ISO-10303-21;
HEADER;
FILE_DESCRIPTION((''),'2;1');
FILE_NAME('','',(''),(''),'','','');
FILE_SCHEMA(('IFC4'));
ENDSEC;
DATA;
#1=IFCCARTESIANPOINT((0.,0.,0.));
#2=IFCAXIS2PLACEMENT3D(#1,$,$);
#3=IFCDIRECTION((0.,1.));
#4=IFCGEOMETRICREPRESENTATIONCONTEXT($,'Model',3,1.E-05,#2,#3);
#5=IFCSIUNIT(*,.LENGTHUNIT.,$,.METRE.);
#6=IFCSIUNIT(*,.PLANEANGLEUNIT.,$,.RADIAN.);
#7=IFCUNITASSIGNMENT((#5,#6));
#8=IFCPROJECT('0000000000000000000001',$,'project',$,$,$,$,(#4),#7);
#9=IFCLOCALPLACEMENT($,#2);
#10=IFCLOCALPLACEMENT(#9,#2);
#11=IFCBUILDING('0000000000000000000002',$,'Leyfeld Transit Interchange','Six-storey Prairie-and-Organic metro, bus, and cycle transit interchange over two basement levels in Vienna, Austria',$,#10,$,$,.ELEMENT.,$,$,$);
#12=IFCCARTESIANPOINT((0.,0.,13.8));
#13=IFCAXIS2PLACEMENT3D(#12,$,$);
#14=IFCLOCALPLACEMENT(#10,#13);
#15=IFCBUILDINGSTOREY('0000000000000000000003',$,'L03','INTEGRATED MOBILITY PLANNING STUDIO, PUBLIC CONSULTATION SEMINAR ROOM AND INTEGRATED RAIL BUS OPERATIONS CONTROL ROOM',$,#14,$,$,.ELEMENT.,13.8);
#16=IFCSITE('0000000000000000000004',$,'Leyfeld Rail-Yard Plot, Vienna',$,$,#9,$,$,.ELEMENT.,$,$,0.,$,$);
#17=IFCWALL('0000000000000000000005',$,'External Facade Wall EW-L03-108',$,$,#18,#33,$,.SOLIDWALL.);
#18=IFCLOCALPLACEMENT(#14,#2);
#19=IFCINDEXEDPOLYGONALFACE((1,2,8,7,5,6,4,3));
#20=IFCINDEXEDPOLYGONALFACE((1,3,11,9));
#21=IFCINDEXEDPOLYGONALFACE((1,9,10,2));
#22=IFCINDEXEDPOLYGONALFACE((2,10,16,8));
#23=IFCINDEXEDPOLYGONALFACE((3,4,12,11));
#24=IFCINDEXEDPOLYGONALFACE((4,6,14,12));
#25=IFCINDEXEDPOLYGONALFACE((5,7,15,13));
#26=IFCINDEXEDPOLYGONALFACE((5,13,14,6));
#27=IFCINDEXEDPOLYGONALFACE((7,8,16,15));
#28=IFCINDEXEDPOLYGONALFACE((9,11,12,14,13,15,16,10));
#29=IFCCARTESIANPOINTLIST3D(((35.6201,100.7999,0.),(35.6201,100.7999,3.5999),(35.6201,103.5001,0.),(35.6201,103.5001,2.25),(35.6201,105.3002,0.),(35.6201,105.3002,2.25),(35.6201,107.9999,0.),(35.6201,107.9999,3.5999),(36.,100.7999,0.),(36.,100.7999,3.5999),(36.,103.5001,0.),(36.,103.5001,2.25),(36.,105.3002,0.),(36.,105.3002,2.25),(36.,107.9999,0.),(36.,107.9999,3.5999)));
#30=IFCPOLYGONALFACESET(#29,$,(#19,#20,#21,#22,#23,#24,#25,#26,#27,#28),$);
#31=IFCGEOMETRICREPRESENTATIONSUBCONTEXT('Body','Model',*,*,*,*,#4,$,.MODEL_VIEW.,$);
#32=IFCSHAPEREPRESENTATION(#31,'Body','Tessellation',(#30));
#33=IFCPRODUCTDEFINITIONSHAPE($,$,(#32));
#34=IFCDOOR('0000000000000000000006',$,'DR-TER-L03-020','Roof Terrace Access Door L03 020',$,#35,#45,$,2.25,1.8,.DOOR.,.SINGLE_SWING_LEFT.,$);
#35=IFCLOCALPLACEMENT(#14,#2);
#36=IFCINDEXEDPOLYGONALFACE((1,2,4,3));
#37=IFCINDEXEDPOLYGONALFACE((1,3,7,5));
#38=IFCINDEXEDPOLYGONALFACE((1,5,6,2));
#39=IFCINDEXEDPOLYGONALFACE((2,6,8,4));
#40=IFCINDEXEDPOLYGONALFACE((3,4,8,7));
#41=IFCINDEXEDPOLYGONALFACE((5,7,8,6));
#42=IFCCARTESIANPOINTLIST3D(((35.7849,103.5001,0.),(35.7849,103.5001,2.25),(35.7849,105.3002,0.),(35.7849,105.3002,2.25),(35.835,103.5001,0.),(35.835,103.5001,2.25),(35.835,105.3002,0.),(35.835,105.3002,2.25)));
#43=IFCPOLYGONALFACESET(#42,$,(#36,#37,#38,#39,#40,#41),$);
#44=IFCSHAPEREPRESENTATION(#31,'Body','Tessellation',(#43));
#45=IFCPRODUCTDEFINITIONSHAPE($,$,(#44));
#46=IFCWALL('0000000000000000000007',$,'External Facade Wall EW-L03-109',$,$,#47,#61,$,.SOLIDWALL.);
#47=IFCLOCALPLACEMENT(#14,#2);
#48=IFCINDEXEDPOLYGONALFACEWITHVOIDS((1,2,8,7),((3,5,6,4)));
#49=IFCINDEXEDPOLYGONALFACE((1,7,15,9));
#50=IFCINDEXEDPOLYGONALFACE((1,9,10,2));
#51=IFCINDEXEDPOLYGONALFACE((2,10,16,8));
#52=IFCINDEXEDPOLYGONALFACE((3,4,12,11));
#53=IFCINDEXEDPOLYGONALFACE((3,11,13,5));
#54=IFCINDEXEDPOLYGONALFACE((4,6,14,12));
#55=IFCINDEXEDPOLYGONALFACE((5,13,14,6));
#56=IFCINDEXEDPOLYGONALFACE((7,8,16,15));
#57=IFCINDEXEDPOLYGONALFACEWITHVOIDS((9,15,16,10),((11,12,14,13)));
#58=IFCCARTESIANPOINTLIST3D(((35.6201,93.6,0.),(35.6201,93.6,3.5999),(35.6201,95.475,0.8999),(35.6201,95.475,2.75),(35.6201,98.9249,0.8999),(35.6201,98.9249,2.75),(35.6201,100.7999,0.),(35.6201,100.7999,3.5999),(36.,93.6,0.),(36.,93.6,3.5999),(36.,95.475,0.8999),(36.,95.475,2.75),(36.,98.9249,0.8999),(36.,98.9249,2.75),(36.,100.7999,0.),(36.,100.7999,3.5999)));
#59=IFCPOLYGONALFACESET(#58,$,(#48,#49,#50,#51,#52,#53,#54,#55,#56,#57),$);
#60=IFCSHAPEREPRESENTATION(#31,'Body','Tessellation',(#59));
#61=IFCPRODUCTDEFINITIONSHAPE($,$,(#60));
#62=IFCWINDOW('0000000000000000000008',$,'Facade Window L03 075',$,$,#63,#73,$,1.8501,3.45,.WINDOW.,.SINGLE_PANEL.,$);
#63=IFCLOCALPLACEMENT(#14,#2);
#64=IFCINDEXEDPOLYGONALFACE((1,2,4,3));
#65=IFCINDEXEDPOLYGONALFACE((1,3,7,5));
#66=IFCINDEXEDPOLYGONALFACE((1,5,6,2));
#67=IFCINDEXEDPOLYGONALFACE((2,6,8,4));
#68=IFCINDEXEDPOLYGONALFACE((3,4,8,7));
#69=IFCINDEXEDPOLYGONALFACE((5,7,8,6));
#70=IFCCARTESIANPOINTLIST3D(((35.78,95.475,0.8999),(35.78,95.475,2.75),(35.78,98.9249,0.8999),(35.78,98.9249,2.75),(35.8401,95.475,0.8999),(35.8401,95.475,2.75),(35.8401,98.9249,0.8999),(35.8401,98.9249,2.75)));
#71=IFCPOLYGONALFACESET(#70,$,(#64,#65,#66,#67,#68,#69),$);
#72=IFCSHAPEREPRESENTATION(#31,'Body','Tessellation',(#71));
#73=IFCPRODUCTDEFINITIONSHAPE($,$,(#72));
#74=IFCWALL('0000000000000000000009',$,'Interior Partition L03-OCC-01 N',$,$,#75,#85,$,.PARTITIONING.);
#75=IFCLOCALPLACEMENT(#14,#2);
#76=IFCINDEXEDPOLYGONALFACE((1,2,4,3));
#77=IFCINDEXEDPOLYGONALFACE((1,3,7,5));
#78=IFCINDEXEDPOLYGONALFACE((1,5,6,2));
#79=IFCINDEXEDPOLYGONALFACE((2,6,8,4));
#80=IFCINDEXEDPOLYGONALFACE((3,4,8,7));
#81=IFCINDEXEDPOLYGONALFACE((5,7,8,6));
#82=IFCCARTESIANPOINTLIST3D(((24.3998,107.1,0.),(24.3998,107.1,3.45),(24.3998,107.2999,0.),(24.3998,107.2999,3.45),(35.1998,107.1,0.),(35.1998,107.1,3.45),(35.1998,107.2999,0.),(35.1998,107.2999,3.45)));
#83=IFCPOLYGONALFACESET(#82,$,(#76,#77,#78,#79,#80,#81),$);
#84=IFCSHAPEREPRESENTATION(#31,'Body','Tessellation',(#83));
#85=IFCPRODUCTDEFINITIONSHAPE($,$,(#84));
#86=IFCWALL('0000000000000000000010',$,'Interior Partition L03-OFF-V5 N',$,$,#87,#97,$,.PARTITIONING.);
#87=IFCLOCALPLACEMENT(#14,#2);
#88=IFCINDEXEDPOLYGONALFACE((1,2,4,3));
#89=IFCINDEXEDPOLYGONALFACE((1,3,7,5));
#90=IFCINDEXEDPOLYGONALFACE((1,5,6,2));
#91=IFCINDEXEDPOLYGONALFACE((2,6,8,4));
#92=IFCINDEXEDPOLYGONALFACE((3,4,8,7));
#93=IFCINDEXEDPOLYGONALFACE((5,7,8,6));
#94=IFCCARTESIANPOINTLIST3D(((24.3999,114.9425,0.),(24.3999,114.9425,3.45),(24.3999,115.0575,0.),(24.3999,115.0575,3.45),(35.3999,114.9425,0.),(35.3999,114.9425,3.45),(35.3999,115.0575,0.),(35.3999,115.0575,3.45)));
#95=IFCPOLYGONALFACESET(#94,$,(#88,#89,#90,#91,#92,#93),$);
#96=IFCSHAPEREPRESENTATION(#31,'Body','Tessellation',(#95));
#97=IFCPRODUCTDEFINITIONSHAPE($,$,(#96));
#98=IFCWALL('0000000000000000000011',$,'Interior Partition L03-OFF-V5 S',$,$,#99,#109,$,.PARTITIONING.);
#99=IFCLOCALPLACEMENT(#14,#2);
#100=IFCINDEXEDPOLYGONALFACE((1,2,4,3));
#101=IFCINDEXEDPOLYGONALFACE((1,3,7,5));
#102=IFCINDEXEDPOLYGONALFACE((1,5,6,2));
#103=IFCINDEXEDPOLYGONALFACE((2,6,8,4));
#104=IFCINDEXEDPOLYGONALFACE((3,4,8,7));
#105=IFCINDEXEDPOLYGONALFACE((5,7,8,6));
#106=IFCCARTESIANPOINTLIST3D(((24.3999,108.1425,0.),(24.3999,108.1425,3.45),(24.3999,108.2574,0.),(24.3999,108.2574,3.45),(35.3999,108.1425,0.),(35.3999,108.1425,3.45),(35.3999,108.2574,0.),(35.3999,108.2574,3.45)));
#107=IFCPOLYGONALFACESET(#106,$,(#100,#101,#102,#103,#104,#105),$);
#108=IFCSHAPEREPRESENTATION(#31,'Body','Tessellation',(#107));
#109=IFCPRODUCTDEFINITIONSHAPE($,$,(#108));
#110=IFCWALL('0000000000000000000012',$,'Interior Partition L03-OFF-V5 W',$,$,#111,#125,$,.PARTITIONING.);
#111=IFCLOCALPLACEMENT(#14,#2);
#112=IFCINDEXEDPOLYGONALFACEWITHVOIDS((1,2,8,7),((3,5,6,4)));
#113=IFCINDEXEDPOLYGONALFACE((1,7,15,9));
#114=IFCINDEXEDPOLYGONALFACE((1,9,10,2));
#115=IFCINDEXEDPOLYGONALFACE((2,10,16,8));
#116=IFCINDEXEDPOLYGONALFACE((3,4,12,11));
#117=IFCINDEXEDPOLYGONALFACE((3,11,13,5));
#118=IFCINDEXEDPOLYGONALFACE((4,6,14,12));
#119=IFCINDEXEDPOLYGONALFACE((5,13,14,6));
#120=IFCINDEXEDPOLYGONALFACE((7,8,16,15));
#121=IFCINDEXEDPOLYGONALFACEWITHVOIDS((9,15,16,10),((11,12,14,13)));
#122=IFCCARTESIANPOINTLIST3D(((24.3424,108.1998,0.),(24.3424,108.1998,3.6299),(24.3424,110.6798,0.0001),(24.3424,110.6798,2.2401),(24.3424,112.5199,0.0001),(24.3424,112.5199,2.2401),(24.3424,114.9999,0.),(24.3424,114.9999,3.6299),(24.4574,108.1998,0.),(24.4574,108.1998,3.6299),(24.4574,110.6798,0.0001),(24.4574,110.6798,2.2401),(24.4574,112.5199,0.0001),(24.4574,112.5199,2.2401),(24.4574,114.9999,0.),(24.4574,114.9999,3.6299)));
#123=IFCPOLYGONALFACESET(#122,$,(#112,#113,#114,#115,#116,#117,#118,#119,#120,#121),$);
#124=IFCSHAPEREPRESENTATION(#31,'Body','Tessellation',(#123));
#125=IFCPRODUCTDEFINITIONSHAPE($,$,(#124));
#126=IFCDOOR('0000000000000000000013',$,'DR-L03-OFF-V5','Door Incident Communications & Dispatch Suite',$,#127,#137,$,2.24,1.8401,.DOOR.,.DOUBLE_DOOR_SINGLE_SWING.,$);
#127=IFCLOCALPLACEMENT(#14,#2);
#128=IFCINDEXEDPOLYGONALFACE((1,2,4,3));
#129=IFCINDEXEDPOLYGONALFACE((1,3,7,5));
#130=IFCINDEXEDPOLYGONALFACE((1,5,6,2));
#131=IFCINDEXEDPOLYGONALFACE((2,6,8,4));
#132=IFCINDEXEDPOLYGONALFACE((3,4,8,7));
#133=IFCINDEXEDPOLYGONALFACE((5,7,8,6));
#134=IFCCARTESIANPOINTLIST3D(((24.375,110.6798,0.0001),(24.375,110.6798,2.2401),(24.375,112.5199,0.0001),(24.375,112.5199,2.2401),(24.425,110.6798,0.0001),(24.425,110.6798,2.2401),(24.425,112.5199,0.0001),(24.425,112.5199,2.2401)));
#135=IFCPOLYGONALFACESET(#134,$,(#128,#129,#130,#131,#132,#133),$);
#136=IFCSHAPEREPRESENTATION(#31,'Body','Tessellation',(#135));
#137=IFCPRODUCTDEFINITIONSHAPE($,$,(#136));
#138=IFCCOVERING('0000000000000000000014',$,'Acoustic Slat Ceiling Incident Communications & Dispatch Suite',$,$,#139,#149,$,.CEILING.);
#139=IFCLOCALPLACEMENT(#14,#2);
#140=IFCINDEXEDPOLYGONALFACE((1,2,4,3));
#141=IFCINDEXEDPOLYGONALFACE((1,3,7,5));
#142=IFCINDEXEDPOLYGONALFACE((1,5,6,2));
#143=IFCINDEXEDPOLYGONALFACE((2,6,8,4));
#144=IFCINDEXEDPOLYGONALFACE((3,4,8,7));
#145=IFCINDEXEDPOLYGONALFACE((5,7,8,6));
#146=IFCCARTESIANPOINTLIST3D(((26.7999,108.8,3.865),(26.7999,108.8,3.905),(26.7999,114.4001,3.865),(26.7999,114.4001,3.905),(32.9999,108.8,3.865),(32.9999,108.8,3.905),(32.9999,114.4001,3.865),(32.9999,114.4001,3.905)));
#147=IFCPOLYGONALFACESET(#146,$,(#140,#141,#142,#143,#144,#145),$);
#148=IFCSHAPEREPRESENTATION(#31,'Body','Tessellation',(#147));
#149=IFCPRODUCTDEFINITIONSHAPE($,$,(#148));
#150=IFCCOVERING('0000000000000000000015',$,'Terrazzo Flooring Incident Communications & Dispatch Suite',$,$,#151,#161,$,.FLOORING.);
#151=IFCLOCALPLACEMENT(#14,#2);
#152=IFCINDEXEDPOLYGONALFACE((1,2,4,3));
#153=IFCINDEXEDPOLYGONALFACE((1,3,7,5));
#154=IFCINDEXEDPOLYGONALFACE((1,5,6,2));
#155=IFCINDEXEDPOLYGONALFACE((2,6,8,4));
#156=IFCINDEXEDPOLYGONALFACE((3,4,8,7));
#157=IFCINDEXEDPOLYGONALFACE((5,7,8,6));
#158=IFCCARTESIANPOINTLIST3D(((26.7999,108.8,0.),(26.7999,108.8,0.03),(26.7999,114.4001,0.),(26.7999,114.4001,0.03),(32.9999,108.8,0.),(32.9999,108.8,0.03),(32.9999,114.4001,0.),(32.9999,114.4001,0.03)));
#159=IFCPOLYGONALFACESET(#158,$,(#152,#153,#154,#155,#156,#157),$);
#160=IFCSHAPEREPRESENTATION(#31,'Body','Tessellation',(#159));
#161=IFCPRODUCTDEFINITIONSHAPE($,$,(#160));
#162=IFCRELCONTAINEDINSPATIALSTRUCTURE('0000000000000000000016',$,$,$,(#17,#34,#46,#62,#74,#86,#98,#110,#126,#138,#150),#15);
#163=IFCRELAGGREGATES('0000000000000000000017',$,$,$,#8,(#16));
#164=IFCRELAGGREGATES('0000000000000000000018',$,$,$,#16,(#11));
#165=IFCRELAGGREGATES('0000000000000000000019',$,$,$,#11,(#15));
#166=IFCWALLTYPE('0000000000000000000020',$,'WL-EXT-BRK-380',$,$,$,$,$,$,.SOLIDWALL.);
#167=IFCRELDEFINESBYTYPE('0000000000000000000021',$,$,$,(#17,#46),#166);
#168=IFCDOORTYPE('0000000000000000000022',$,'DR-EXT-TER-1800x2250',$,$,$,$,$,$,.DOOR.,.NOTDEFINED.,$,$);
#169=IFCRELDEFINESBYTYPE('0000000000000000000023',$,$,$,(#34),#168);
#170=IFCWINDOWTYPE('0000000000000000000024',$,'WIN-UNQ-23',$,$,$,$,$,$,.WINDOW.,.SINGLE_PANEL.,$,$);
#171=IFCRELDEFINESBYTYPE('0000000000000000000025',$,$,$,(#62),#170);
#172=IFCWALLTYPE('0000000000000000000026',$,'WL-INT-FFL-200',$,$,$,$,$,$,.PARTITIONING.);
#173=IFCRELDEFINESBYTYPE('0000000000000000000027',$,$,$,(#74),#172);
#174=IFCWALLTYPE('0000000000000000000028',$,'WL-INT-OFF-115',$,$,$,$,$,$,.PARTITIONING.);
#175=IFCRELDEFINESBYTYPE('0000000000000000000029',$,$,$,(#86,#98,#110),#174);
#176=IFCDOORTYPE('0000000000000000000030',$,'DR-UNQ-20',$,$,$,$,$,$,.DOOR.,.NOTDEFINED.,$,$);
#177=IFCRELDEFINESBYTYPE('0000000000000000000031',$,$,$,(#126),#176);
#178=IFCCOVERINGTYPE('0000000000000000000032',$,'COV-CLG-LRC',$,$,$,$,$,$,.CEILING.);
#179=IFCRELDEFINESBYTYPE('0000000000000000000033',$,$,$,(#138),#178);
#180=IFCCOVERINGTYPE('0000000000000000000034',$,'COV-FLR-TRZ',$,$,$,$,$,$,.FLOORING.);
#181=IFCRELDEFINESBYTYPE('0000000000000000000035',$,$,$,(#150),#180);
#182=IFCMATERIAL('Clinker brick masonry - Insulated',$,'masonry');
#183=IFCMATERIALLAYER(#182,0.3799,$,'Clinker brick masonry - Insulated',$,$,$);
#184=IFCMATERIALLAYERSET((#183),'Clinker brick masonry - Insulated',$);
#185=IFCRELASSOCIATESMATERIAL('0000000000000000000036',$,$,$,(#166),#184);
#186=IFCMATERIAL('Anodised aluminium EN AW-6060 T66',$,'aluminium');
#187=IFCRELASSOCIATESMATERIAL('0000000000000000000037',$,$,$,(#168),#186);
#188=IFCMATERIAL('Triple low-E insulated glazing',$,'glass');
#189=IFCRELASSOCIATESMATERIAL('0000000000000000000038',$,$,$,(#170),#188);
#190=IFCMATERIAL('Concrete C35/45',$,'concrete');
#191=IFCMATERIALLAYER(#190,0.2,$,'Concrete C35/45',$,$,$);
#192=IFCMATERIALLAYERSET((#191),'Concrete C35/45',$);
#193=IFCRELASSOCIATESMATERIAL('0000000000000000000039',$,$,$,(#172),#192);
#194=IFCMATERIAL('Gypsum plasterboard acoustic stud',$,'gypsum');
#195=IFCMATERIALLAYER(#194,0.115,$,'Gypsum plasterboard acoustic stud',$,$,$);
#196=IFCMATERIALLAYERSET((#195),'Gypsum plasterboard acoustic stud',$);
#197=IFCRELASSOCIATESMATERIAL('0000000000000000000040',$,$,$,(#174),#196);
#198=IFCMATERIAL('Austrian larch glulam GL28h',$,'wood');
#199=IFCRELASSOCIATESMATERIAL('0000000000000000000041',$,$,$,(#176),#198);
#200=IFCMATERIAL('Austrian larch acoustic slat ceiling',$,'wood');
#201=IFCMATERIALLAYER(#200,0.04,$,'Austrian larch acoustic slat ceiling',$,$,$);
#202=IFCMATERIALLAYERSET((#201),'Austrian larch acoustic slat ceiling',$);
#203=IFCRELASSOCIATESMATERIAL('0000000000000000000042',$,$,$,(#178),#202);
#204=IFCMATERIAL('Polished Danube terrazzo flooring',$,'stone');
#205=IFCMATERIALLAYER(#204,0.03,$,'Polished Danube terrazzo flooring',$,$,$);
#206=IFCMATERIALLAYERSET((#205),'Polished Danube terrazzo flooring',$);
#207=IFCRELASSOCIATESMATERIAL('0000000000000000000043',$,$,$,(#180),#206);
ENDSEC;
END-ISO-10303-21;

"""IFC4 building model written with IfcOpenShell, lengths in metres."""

from ifc_helpers import new_model, si_unit, direction, frame, frame_2d, origin, origin_2d, place, context, subcontext, project, spatial, rectangle, extrude, material, layer, layer_set, type_object, element, fill, save


model = new_model("IFC4")

# Units and contexts
model_context = context("Model", 3, precision=1e-05, world=origin(), true_north=direction((0.0, 1.0)))
body_context = subcontext(model_context, "Body", "Model", "MODEL_VIEW")
ifc_project = project(units=[si_unit("LENGTHUNIT", "METRE"), si_unit("PLANEANGLEUNIT", "RADIAN")], contexts=[model_context])

# Site, building, storey
site_placement = place(None, origin())
site = spatial("IfcSite", under=ifc_project, at=site_placement, Name="Leyfeld Rail-Yard Plot, Vienna", CompositionType="ELEMENT", RefElevation=0.0)
building_placement = place(site_placement, origin())
building = spatial("IfcBuilding", under=site, at=building_placement, Name="Leyfeld Transit Interchange", Description="Six-storey Prairie-and-Organic metro, bus, and cycle transit interchange over two basement levels in Vienna, Austria", CompositionType="ELEMENT")
storey_placement = place(building_placement, frame((0.0, 0.0, 13.8)))
storey = spatial("IfcBuildingStorey", under=building, at=storey_placement, Name="L03", Description="INTEGRATED MOBILITY PLANNING STUDIO, PUBLIC CONSULTATION SEMINAR ROOM AND INTEGRATED RAIL BUS OPERATIONS CONTROL ROOM", CompositionType="ELEMENT", Elevation=13.8)

# Shared definitions
ifc_material_1 = material(Name="Concrete C35/45", Category="concrete")

# Wall, opening, door
ifc_material_2 = material(Name="Clinker brick masonry - Insulated", Category="masonry")
ifc_layer_1 = layer(ifc_material_2, 0.3799, Name="Clinker brick masonry - Insulated")
ifc_layer_set_1 = layer_set([ifc_layer_1], Name="Clinker brick masonry - Insulated")
wall_type_1 = type_object("IfcWallType", Name="WL-EXT-BRK-380", PredefinedType="SOLIDWALL", material=ifc_layer_set_1)
wall_1_placement = place(storey_placement, frame((35.8101, 108.0, 0.0), z_axis=(0.0, 0.0, 1.0), x_axis=(0.0, -1.0, 0.0)))
wall_1 = element("IfcWall", 1, at=wall_1_placement, inside=storey, type_object=wall_type_1, Name="External Facade Wall EW-L03-108", PredefinedType="SOLIDWALL", context=body_context, shape_type="SweptSolid", body=[
    extrude(rectangle(XDim=7.2, YDim=0.3799, at=frame_2d((3.6001, 0.0))), origin(), (0.0, 0.0, 1.0), 3.5999),
])
opening_1_placement = place(wall_1_placement, frame((2.7, 0.0, 0.0)))
opening_1 = element("IfcOpeningElement", 2, at=opening_1_placement, cuts=wall_1, PredefinedType="OPENING", context=body_context, shape_type="SweptSolid", body=[
    extrude(rectangle(XDim=1.8, YDim=2.25, at=frame_2d((0.8999, 1.125))), frame((0.0, 0.2, 0.0), z_axis=(0.0, -1.0, 0.0), x_axis=(1.0, 0.0, 0.0)), (0.0, 0.0, 1.0), 0.3999),
])
ifc_material_3 = material(Name="Anodised aluminium EN AW-6060 T66", Category="aluminium")
door_type_1 = type_object("IfcDoorType", Name="DR-EXT-TER-1800x2250", OperationType="NOTDEFINED", PredefinedType="DOOR", material=ifc_material_3)
door_1_placement = place(opening_1_placement, origin())
door_1 = element("IfcDoor", 3, at=door_1_placement, inside=storey, type_object=door_type_1, Name="DR-TER-L03-020", Description="Roof Terrace Access Door L03 020", OperationType="SINGLE_SWING_LEFT", OverallHeight=2.25, OverallWidth=1.8, PredefinedType="DOOR", context=body_context, shape_type="SweptSolid", body=[
    extrude(rectangle(XDim=1.8, YDim=2.25, at=frame_2d((0.8999, 1.125))), frame((0.0, 0.0249, 0.0), z_axis=(0.0, -1.0, 0.0), x_axis=(1.0, 0.0, 0.0)), (0.0, 0.0, 1.0), 0.05),
])
fill(opening_1, door_1)

# Wall, opening, window
wall_2_placement = place(storey_placement, frame((35.8101, 100.8, 0.0), z_axis=(0.0, 0.0, 1.0), x_axis=(0.0, -1.0, 0.0)))
wall_2 = element("IfcWall", 4, at=wall_2_placement, inside=storey, type_object=wall_type_1, Name="External Facade Wall EW-L03-109", PredefinedType="SOLIDWALL", context=body_context, shape_type="SweptSolid", body=[
    extrude(rectangle(XDim=7.2, YDim=0.3799, at=frame_2d((3.6001, 0.0))), origin(), (0.0, 0.0, 1.0), 3.5999),
])
opening_2_placement = place(wall_2_placement, frame((1.875, 0.0, 0.8999)))
opening_2 = element("IfcOpeningElement", 5, at=opening_2_placement, cuts=wall_2, PredefinedType="OPENING", context=body_context, shape_type="SweptSolid", body=[
    extrude(rectangle(XDim=3.45, YDim=1.8501, at=frame_2d((1.7251, 0.925))), frame((0.0, 0.2, 0.0), z_axis=(0.0, -1.0, 0.0), x_axis=(1.0, 0.0, 0.0)), (0.0, 0.0, 1.0), 0.3999),
])
ifc_material_4 = material(Name="Triple low-E insulated glazing", Category="glass")
window_type = type_object("IfcWindowType", Name="WIN-UNQ-23", PartitioningType="SINGLE_PANEL", PredefinedType="WINDOW", material=ifc_material_4)
window_placement = place(opening_2_placement, origin())
window = element("IfcWindow", 6, at=window_placement, inside=storey, type_object=window_type, Name="Facade Window L03 075", OverallHeight=1.8501, OverallWidth=3.45, PartitioningType="SINGLE_PANEL", PredefinedType="WINDOW", context=body_context, shape_type="SweptSolid", body=[
    extrude(rectangle(XDim=3.45, YDim=1.8501, at=frame_2d((1.7251, 0.925))), frame((0.0, 0.03, 0.0), z_axis=(0.0, -1.0, 0.0), x_axis=(1.0, 0.0, 0.0)), (0.0, 0.0, 1.0), 0.0601),
])
fill(opening_2, window)

# Walls
ifc_layer_2 = layer(ifc_material_1, 0.2, Name="Concrete C35/45")
ifc_layer_set_2 = layer_set([ifc_layer_2], Name="Concrete C35/45")
wall_type_2 = type_object("IfcWallType", Name="WL-INT-FFL-200", PredefinedType="PARTITIONING", material=ifc_layer_set_2)
wall_3_placement = place(storey_placement, frame((24.3999, 107.2, 0.0), z_axis=(0.0, 0.0, 1.0), x_axis=(1.0, 0.0, 0.0)))
element("IfcWall", 7, at=wall_3_placement, inside=storey, type_object=wall_type_2, Name="Interior Partition L03-OCC-01 N", PredefinedType="PARTITIONING", context=body_context, shape_type="SweptSolid", body=[
    extrude(rectangle(XDim=10.8, YDim=0.2, at=frame_2d((5.3999, 0.0))), origin(), (0.0, 0.0, 1.0), 3.45),
])
ifc_material_5 = material(Name="Gypsum plasterboard acoustic stud", Category="gypsum")
ifc_layer_3 = layer(ifc_material_5, 0.115, Name="Gypsum plasterboard acoustic stud")
ifc_layer_set_3 = layer_set([ifc_layer_3], Name="Gypsum plasterboard acoustic stud")
wall_type_3 = type_object("IfcWallType", Name="WL-INT-OFF-115", PredefinedType="PARTITIONING", material=ifc_layer_set_3)
for number, where, z_axis, x_axis, name in (
    (8, (24.3999, 115.0, 0.0), (0.0, 0.0, 1.0), (1.0, 0.0, 0.0), "Interior Partition L03-OFF-V5 N"),
    (9, (35.3999, 108.2, 0.0), (0.0, 0.0, 1.0), (-1.0, 0.0, 0.0), "Interior Partition L03-OFF-V5 S"),
):
    element("IfcWall", number, at=place(storey_placement, frame(where, z_axis=z_axis, x_axis=x_axis)), inside=storey, type_object=wall_type_3, Name=name, PredefinedType="PARTITIONING", context=body_context, shape_type="SweptSolid", body=[
        extrude(rectangle(XDim=11.0, YDim=0.115, at=frame_2d((5.5, 0.0))), origin(), (0.0, 0.0, 1.0), 3.45),
    ])

# Wall, opening, door
wall_4_placement = place(storey_placement, frame((24.3999, 108.2, 0.0), z_axis=(0.0, 0.0, 1.0), x_axis=(0.0, 1.0, 0.0)))
wall_4 = element("IfcWall", 10, at=wall_4_placement, inside=storey, type_object=wall_type_3, Name="Interior Partition L03-OFF-V5 W", PredefinedType="PARTITIONING", context=body_context, shape_type="SweptSolid", body=[
    extrude(rectangle(XDim=6.8, YDim=0.115, at=frame_2d((3.3999, 0.0))), origin(), (0.0, 0.0, 1.0), 3.6299),
])
opening_3_placement = place(wall_4_placement, frame((2.48, 0.0, 0.0)))
opening_3 = element("IfcOpeningElement", 11, at=opening_3_placement, cuts=wall_4, PredefinedType="OPENING", context=body_context, shape_type="SweptSolid", body=[
    extrude(rectangle(XDim=1.8401, YDim=2.24, at=frame_2d((0.9199, 1.1201))), frame((0.0, 0.0674, 0.0), z_axis=(0.0, -1.0, 0.0), x_axis=(1.0, 0.0, 0.0)), (0.0, 0.0, 1.0), 0.135),
])
ifc_material_6 = material(Name="Austrian larch glulam GL28h", Category="wood")
door_type_2 = type_object("IfcDoorType", Name="DR-UNQ-20", OperationType="NOTDEFINED", PredefinedType="DOOR", material=ifc_material_6)
door_2_placement = place(opening_3_placement, origin())
door_2 = element("IfcDoor", 12, at=door_2_placement, inside=storey, type_object=door_type_2, Name="DR-L03-OFF-V5", Description="Door Incident Communications & Dispatch Suite", OperationType="DOUBLE_DOOR_SINGLE_SWING", OverallHeight=2.24, OverallWidth=1.8401, PredefinedType="DOOR", context=body_context, shape_type="SweptSolid", body=[
    extrude(rectangle(XDim=1.8401, YDim=2.24, at=frame_2d((0.9199, 1.1201))), frame((0.0, 0.0249, 0.0), z_axis=(0.0, -1.0, 0.0), x_axis=(1.0, 0.0, 0.0)), (0.0, 0.0, 1.0), 0.05),
])
fill(opening_3, door_2)

# Coverings
ifc_material_7 = material(Name="Austrian larch acoustic slat ceiling", Category="wood")
ifc_layer_4 = layer(ifc_material_7, 0.04, Name="Austrian larch acoustic slat ceiling")
ifc_layer_set_4 = layer_set([ifc_layer_4], Name="Austrian larch acoustic slat ceiling")
covering_type_1 = type_object("IfcCoveringType", Name="COV-CLG-LRC", PredefinedType="CEILING", material=ifc_layer_set_4)
covering_1_placement = place(storey_placement, frame((29.8999, 111.6001, 3.865), z_axis=(0.0, 0.0, 1.0), x_axis=(1.0, 0.0, 0.0)))
element("IfcCovering", 13, at=covering_1_placement, inside=storey, type_object=covering_type_1, Name="Acoustic Slat Ceiling Incident Communications & Dispatch Suite", PredefinedType="CEILING", context=body_context, shape_type="SweptSolid", body=[
    extrude(rectangle(XDim=6.2, YDim=5.6001, at=origin_2d()), origin(), (0.0, 0.0, 1.0), 0.04),
])
ifc_material_8 = material(Name="Polished Danube terrazzo flooring", Category="stone")
ifc_layer_5 = layer(ifc_material_8, 0.03, Name="Polished Danube terrazzo flooring")
ifc_layer_set_5 = layer_set([ifc_layer_5], Name="Polished Danube terrazzo flooring")
covering_type_2 = type_object("IfcCoveringType", Name="COV-FLR-TRZ", PredefinedType="FLOORING", material=ifc_layer_set_5)
covering_2_placement = place(storey_placement, frame((29.8999, 111.6001, 0.0), z_axis=(0.0, 0.0, 1.0), x_axis=(1.0, 0.0, 0.0)))
element("IfcCovering", 14, at=covering_2_placement, inside=storey, type_object=covering_type_2, Name="Terrazzo Flooring Incident Communications & Dispatch Suite", PredefinedType="FLOORING", context=body_context, shape_type="SweptSolid", body=[
    extrude(rectangle(XDim=6.2, YDim=5.6001, at=origin_2d()), origin(), (0.0, 0.0, 1.0), 0.03),
])

save(model, "model.ifc")
